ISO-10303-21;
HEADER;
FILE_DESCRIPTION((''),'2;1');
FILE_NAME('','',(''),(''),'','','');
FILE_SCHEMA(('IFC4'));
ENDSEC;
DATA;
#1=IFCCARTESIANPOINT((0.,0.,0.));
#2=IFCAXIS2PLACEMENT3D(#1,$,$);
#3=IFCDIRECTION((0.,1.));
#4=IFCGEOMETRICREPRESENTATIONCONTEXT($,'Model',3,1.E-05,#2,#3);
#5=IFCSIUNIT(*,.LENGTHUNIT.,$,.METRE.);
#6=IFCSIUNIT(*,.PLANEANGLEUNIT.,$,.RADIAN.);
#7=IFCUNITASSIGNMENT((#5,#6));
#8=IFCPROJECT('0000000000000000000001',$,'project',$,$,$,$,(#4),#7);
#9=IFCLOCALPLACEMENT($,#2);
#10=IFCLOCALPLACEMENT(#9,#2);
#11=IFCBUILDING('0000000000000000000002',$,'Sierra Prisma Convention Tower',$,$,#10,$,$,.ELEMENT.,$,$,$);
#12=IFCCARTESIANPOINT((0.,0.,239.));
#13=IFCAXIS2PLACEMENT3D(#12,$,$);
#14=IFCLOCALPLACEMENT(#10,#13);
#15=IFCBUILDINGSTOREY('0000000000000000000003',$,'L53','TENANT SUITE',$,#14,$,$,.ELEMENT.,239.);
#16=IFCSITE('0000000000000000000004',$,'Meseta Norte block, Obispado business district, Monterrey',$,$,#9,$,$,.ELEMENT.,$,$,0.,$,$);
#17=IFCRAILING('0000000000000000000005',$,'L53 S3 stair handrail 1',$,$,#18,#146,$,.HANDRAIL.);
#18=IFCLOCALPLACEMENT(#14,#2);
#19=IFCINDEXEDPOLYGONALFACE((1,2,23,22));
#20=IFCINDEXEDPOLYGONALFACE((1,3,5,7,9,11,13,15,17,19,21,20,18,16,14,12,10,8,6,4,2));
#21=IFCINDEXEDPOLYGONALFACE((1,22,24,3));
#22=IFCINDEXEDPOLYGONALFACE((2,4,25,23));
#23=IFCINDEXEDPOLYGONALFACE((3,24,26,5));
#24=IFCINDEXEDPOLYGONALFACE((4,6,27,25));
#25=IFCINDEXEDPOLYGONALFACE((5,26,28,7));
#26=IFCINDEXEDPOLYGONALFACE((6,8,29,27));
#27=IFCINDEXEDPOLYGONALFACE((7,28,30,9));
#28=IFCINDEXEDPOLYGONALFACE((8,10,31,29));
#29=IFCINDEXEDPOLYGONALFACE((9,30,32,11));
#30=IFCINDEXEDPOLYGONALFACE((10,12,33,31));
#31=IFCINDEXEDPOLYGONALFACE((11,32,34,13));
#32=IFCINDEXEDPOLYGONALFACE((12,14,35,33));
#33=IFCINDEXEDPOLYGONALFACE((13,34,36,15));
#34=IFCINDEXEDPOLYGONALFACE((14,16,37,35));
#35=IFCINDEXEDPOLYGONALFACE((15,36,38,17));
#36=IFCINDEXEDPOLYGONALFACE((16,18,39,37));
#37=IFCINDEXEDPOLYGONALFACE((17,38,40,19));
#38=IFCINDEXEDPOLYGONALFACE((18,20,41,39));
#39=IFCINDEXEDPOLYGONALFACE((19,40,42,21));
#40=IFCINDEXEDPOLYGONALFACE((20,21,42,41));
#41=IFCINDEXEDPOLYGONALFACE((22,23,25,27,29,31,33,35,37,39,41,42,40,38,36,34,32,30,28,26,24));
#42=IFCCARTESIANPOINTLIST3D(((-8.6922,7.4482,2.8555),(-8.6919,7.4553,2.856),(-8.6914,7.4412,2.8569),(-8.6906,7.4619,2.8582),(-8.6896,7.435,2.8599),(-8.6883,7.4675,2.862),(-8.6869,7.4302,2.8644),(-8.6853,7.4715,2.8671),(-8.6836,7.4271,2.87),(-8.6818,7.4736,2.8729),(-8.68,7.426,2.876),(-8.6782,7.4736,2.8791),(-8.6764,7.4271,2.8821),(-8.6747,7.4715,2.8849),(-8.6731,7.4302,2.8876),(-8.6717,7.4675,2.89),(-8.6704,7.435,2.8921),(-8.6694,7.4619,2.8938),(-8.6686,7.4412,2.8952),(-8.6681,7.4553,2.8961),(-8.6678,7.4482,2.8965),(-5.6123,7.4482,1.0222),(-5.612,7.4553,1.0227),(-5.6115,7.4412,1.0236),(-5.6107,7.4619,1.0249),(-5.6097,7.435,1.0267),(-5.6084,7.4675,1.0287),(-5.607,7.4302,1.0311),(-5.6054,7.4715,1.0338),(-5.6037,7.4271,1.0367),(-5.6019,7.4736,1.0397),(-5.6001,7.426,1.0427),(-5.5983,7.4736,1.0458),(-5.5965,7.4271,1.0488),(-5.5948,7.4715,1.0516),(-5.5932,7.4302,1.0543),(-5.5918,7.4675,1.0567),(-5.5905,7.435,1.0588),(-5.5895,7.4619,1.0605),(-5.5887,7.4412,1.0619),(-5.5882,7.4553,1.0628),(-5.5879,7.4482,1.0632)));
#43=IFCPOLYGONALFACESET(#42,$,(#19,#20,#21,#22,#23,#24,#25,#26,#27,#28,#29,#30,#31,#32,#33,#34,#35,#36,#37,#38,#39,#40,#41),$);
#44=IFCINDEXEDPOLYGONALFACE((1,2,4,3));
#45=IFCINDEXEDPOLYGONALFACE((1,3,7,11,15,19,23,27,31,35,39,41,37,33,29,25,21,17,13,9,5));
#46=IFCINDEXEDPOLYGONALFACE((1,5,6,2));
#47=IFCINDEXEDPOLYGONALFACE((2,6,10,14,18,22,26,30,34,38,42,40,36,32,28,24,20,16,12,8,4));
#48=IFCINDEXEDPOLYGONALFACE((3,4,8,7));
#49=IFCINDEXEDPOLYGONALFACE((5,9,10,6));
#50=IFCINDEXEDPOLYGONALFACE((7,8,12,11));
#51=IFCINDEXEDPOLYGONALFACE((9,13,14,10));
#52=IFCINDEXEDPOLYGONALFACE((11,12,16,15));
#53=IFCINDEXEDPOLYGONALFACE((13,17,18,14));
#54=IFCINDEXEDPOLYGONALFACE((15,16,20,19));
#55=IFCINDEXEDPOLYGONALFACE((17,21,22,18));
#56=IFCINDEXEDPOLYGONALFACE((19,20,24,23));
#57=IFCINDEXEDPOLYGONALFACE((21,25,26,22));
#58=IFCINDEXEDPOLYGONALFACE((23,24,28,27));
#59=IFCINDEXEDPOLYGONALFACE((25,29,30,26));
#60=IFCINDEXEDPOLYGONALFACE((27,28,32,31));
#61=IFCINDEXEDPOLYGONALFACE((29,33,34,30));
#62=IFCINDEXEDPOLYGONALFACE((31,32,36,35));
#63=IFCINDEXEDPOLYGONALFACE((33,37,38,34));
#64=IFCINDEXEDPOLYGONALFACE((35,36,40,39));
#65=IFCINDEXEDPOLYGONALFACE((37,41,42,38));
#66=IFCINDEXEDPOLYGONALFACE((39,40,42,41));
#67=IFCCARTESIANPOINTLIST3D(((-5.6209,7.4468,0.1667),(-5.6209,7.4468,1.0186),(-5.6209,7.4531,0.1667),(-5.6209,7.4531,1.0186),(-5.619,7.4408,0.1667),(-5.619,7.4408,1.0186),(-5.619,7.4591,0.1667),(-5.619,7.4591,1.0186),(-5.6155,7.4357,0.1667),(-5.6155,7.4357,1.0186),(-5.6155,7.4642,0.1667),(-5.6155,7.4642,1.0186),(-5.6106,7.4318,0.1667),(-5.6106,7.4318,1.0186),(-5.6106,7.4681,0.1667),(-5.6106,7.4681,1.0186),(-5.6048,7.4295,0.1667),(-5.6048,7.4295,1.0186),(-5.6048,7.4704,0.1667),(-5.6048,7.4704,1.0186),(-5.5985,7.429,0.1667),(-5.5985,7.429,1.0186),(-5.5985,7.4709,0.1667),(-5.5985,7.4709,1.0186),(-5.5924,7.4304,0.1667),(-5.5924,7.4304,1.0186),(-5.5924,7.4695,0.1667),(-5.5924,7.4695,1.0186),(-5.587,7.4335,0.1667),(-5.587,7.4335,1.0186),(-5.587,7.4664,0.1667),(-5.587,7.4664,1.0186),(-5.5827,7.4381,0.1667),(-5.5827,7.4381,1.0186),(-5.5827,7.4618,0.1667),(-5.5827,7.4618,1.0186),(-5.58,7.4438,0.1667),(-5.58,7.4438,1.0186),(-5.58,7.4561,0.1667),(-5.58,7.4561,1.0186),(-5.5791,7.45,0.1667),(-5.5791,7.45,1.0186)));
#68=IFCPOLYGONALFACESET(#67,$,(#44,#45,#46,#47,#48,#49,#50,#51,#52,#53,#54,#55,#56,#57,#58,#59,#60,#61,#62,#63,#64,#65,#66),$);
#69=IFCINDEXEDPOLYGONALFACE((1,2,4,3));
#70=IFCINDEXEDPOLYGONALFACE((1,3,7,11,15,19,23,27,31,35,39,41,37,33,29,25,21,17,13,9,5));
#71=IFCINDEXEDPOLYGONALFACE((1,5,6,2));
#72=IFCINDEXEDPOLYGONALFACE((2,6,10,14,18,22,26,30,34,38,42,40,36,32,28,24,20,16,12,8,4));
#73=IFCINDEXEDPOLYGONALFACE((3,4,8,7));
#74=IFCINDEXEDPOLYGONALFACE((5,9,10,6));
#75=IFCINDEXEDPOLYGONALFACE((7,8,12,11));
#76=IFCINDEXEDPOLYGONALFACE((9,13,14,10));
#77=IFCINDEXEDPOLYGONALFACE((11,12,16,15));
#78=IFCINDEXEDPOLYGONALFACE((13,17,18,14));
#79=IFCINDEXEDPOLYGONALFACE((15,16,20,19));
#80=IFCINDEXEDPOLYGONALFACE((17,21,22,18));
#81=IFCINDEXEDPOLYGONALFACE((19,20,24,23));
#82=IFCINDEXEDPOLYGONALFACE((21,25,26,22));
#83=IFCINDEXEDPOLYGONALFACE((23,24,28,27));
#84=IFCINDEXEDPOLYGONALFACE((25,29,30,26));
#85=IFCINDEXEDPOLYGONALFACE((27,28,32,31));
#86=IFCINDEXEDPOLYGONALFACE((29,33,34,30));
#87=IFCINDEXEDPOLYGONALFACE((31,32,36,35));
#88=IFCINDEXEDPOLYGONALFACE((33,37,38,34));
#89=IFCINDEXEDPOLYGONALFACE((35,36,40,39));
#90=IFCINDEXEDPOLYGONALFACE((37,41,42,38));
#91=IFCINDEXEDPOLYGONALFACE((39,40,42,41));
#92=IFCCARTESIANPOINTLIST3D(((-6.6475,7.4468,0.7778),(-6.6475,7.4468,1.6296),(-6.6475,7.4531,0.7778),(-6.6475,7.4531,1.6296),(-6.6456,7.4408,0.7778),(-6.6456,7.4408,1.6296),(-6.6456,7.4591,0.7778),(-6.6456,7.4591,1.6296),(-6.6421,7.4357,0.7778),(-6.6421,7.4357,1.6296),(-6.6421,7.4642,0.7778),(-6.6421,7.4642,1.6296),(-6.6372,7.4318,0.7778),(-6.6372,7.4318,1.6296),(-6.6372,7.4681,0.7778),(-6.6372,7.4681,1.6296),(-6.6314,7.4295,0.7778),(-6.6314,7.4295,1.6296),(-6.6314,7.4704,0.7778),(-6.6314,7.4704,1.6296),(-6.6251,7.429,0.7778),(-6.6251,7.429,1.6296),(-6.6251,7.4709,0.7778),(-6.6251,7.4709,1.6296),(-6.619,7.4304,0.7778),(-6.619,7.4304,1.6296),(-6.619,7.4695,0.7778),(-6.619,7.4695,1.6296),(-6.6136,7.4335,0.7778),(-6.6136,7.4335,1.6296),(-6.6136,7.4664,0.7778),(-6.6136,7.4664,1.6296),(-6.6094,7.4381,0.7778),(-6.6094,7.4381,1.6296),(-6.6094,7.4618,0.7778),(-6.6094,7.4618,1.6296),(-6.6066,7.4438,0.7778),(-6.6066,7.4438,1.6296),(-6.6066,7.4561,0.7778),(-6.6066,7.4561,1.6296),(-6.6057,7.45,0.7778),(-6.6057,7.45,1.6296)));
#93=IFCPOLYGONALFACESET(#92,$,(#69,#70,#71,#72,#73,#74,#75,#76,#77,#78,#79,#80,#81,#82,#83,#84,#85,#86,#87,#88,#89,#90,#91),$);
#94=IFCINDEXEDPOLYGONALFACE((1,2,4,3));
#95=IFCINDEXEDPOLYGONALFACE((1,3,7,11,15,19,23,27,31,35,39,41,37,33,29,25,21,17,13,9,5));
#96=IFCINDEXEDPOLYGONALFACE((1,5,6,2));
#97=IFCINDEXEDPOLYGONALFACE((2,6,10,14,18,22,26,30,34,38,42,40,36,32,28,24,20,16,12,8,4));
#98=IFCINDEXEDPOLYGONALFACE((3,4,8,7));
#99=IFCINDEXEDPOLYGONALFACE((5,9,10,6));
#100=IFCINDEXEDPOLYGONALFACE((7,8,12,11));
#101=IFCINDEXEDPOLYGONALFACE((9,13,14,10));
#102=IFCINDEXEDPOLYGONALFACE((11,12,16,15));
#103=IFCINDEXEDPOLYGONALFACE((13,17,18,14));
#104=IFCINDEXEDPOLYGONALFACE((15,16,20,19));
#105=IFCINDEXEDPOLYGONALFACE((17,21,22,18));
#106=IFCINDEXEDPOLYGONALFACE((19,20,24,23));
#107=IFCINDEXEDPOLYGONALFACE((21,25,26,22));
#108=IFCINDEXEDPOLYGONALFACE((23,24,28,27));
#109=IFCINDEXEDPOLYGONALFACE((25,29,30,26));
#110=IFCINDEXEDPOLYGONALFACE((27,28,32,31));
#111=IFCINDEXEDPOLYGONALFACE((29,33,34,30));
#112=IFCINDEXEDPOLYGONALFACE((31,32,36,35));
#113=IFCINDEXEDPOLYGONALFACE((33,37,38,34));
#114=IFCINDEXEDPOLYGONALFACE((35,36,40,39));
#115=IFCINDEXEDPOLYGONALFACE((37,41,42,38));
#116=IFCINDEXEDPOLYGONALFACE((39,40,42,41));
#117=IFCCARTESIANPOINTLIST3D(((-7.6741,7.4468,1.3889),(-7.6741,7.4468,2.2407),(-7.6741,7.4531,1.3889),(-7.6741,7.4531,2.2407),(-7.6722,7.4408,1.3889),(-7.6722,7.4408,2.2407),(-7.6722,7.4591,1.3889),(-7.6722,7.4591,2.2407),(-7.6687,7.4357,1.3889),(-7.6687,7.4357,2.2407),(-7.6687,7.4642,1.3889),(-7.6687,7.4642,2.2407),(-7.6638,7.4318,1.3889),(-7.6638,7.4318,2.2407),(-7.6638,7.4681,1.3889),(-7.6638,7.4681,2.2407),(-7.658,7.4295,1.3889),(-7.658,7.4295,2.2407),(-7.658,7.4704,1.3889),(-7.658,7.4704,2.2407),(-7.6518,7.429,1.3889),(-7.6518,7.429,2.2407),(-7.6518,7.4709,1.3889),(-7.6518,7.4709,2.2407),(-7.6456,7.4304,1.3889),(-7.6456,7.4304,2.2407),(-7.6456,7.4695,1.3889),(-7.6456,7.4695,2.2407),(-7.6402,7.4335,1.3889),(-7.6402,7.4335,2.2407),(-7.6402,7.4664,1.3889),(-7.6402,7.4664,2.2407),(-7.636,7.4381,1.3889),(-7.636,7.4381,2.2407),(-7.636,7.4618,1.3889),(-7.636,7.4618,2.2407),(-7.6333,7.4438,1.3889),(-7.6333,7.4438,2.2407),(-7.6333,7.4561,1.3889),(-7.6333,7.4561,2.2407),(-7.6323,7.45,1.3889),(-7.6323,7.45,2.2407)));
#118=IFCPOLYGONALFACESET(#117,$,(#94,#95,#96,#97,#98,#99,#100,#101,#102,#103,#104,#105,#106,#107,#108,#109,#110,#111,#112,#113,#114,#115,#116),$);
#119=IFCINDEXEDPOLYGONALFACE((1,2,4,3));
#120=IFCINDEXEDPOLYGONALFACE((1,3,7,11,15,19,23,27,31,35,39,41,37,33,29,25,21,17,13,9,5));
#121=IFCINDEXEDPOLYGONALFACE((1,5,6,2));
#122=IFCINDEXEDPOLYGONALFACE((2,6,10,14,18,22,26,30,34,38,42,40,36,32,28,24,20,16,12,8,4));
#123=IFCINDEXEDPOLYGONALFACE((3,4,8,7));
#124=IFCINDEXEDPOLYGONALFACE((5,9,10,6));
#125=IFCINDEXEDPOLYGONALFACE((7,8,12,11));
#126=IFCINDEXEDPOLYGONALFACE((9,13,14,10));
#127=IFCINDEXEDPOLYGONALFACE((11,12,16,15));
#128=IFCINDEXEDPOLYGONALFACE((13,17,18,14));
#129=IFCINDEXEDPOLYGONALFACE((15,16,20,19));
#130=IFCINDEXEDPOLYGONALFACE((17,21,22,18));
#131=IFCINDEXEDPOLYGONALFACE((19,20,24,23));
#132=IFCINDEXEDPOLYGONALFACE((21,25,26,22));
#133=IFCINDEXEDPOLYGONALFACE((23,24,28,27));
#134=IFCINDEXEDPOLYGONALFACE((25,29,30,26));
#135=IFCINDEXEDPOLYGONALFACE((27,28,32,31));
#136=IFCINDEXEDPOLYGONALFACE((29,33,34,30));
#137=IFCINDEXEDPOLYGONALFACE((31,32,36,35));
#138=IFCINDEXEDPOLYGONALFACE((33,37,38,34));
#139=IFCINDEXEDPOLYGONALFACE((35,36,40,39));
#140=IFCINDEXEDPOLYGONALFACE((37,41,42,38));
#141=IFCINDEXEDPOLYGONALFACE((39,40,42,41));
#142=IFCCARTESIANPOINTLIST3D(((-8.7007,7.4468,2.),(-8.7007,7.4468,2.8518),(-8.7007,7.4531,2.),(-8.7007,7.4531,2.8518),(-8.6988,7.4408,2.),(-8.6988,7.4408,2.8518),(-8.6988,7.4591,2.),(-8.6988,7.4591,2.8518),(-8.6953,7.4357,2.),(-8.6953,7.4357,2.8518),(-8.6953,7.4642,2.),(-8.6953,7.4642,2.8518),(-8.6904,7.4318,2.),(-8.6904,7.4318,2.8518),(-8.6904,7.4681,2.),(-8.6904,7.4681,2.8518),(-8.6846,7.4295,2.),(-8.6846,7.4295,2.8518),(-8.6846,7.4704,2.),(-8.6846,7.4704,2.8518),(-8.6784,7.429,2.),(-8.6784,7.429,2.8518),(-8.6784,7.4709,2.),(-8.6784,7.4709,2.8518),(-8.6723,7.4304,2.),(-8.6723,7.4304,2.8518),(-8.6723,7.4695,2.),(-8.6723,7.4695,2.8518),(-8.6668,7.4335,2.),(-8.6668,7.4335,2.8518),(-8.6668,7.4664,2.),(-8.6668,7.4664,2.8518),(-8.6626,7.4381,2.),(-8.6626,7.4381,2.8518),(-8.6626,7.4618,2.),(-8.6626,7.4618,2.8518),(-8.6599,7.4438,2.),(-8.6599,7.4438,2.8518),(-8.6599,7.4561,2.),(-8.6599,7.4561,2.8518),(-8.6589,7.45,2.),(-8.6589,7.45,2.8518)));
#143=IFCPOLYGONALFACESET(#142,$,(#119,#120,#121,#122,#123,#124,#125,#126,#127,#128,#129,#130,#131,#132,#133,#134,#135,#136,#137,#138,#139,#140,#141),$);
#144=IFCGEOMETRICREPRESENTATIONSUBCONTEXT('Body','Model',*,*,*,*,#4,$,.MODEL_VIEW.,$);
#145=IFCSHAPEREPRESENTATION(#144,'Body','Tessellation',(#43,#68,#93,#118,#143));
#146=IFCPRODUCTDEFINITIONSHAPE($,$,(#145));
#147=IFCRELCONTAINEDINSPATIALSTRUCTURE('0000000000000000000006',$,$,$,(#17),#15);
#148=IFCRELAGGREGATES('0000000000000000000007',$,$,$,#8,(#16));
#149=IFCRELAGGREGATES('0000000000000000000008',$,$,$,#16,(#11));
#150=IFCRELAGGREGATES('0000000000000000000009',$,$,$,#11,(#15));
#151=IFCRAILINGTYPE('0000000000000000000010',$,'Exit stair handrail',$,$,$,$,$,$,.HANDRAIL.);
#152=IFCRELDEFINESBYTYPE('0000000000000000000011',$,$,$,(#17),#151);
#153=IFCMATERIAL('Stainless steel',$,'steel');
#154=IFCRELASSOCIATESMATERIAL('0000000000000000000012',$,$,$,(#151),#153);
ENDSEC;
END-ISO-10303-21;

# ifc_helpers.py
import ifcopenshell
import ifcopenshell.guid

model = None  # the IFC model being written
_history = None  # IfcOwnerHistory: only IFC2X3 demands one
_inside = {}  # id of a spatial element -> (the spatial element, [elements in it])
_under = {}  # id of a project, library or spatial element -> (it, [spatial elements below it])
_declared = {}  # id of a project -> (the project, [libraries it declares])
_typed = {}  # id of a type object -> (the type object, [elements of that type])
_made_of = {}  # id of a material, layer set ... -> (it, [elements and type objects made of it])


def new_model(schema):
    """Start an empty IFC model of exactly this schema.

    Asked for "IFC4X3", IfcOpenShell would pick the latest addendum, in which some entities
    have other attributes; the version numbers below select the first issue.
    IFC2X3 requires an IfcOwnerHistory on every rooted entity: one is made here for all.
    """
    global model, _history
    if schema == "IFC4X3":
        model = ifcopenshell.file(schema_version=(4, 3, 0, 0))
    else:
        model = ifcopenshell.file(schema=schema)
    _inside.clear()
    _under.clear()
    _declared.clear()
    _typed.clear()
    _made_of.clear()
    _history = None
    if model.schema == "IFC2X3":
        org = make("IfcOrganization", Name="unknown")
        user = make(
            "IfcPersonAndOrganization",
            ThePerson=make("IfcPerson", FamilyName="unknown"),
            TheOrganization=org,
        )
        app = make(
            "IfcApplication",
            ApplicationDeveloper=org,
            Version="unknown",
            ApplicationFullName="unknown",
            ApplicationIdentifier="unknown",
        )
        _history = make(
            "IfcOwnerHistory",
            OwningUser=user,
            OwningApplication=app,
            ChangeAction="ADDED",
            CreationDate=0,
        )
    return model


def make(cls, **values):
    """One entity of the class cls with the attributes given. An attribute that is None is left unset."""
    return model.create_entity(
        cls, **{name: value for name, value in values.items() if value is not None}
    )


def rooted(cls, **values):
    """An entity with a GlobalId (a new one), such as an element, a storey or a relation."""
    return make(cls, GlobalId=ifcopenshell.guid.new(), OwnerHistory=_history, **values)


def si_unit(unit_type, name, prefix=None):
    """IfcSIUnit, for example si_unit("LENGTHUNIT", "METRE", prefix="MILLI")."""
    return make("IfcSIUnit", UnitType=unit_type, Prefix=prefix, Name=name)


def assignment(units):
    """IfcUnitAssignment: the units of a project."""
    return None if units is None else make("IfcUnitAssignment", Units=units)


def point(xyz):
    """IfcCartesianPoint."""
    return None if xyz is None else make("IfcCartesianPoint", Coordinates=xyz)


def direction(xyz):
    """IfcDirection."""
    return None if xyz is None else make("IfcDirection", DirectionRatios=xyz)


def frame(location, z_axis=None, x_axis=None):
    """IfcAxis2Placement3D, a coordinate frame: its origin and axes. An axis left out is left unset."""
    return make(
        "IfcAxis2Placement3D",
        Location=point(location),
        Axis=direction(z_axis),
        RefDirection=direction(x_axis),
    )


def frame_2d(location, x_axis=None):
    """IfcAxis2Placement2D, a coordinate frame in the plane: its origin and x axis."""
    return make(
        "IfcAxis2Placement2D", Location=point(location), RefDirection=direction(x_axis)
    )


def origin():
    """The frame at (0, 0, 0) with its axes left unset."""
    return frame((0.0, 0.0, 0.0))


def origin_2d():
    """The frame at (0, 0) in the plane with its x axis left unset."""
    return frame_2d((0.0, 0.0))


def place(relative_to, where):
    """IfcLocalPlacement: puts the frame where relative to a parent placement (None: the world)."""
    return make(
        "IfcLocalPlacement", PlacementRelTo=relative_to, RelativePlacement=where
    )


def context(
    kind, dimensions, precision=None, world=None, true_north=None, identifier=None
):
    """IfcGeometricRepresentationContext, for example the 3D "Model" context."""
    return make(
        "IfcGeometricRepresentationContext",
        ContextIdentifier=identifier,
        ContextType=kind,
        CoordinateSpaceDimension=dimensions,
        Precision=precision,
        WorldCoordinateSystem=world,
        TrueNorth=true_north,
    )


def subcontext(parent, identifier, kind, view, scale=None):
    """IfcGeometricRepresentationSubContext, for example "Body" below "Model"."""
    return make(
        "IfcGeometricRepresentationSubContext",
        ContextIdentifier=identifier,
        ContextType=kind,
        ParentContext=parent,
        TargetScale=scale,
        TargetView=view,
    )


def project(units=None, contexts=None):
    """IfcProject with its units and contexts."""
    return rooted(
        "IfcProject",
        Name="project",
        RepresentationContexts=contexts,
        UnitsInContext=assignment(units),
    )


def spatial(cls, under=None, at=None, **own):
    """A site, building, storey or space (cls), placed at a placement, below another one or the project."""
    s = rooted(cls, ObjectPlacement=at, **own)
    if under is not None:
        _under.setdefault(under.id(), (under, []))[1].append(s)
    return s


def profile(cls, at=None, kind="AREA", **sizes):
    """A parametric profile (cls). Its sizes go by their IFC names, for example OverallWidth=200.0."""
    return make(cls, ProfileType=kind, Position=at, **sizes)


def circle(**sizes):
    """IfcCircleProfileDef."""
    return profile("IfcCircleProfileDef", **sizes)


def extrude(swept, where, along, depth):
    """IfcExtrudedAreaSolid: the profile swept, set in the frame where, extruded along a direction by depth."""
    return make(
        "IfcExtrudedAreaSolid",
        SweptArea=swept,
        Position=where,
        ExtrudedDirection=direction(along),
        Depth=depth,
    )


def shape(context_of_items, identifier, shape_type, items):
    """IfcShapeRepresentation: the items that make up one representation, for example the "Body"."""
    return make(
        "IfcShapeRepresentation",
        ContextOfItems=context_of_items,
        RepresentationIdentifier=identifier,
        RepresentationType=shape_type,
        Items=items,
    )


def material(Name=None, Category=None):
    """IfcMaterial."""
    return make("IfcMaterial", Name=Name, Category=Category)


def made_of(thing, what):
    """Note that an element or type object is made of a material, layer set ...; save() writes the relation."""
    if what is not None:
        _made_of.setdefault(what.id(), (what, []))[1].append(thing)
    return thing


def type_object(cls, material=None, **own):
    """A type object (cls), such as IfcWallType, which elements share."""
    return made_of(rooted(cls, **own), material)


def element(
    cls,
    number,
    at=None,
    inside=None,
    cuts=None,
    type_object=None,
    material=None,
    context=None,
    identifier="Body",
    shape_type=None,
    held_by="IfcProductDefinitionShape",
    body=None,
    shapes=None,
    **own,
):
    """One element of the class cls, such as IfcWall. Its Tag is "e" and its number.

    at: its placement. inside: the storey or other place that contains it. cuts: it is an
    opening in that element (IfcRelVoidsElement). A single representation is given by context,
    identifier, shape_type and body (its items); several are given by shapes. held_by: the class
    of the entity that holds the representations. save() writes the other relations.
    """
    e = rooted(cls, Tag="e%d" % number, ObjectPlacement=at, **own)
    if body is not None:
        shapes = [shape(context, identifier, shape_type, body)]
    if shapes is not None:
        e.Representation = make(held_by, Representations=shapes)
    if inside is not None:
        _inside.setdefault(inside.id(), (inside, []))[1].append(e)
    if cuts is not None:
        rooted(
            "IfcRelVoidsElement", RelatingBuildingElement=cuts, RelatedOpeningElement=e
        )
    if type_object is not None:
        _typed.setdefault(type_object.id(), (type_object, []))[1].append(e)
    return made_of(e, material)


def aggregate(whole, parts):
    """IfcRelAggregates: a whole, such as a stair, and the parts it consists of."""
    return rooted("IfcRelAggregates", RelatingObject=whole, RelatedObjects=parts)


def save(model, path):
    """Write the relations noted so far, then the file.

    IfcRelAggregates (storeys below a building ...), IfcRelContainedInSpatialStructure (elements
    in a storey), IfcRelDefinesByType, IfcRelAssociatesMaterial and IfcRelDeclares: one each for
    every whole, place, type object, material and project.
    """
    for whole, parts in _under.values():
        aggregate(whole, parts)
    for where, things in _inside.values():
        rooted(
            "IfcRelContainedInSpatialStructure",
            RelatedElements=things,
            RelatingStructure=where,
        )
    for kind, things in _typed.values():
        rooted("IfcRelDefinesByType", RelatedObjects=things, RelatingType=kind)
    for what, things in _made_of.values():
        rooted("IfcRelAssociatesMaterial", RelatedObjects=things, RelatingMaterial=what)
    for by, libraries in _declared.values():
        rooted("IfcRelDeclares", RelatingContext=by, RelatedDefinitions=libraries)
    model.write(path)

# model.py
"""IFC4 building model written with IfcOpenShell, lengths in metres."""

from ifc_helpers import new_model, si_unit, direction, frame, origin, origin_2d, place, context, subcontext, project, spatial, circle, extrude, material, type_object, element, save


model = new_model("IFC4")

# Units and contexts
model_context = context("Model", 3, precision=1e-05, world=origin(), true_north=direction((0.0, 1.0)))
body_context = subcontext(model_context, "Body", "Model", "MODEL_VIEW")
ifc_project = project(units=[si_unit("LENGTHUNIT", "METRE"), si_unit("PLANEANGLEUNIT", "RADIAN")], contexts=[model_context])

# Site, building, storey
site_placement = place(None, origin())
site = spatial("IfcSite", under=ifc_project, at=site_placement, Name="Meseta Norte block, Obispado business district, Monterrey", CompositionType="ELEMENT", RefElevation=0.0)
building_placement = place(site_placement, origin())
building = spatial("IfcBuilding", under=site, at=building_placement, Name="Sierra Prisma Convention Tower", CompositionType="ELEMENT")
storey_placement = place(building_placement, frame((0.0, 0.0, 239.0)))
storey = spatial("IfcBuildingStorey", under=building, at=storey_placement, Name="L53", Description="TENANT SUITE", CompositionType="ELEMENT", Elevation=239.0)

# Railing
ifc_material_1 = material(Name="Stainless steel", Category="steel")
railing_type_1 = type_object("IfcRailingType", Name="Exit stair handrail", PredefinedType="HANDRAIL", material=ifc_material_1)
railing_1_placement = place(storey_placement, frame((-5.6001, 7.45, 0.1667)))
element("IfcRailing", 1, at=railing_1_placement, inside=storey, type_object=railing_type_1, Name="L53 S3 stair handrail 1", PredefinedType="HANDRAIL", context=body_context, shape_type="SweptSolid", body=[
    extrude(circle(Radius=0.0239, at=origin_2d()), frame((0.0, 0.0, 0.876), z_axis=(-0.859291, 0.0, 0.511487), x_axis=(0.0, -1.0, 0.0)), (0.0, 0.0, 1.0), 3.5842),
    extrude(circle(Radius=0.021, at=origin_2d()), origin(), (0.0, 0.0, 1.0), 0.8518),
    extrude(circle(Radius=0.021, at=origin_2d()), frame((-1.0266, 0.0, 0.6111)), (0.0, 0.0, 1.0), 0.8518),
    extrude(circle(Radius=0.021, at=origin_2d()), frame((-2.0532, 0.0, 1.2222)), (0.0, 0.0, 1.0), 0.8518),
    extrude(circle(Radius=0.021, at=origin_2d()), frame((-3.0798, 0.0, 1.8333)), (0.0, 0.0, 1.0), 0.8518),
])

save(model, "model.ifc")
